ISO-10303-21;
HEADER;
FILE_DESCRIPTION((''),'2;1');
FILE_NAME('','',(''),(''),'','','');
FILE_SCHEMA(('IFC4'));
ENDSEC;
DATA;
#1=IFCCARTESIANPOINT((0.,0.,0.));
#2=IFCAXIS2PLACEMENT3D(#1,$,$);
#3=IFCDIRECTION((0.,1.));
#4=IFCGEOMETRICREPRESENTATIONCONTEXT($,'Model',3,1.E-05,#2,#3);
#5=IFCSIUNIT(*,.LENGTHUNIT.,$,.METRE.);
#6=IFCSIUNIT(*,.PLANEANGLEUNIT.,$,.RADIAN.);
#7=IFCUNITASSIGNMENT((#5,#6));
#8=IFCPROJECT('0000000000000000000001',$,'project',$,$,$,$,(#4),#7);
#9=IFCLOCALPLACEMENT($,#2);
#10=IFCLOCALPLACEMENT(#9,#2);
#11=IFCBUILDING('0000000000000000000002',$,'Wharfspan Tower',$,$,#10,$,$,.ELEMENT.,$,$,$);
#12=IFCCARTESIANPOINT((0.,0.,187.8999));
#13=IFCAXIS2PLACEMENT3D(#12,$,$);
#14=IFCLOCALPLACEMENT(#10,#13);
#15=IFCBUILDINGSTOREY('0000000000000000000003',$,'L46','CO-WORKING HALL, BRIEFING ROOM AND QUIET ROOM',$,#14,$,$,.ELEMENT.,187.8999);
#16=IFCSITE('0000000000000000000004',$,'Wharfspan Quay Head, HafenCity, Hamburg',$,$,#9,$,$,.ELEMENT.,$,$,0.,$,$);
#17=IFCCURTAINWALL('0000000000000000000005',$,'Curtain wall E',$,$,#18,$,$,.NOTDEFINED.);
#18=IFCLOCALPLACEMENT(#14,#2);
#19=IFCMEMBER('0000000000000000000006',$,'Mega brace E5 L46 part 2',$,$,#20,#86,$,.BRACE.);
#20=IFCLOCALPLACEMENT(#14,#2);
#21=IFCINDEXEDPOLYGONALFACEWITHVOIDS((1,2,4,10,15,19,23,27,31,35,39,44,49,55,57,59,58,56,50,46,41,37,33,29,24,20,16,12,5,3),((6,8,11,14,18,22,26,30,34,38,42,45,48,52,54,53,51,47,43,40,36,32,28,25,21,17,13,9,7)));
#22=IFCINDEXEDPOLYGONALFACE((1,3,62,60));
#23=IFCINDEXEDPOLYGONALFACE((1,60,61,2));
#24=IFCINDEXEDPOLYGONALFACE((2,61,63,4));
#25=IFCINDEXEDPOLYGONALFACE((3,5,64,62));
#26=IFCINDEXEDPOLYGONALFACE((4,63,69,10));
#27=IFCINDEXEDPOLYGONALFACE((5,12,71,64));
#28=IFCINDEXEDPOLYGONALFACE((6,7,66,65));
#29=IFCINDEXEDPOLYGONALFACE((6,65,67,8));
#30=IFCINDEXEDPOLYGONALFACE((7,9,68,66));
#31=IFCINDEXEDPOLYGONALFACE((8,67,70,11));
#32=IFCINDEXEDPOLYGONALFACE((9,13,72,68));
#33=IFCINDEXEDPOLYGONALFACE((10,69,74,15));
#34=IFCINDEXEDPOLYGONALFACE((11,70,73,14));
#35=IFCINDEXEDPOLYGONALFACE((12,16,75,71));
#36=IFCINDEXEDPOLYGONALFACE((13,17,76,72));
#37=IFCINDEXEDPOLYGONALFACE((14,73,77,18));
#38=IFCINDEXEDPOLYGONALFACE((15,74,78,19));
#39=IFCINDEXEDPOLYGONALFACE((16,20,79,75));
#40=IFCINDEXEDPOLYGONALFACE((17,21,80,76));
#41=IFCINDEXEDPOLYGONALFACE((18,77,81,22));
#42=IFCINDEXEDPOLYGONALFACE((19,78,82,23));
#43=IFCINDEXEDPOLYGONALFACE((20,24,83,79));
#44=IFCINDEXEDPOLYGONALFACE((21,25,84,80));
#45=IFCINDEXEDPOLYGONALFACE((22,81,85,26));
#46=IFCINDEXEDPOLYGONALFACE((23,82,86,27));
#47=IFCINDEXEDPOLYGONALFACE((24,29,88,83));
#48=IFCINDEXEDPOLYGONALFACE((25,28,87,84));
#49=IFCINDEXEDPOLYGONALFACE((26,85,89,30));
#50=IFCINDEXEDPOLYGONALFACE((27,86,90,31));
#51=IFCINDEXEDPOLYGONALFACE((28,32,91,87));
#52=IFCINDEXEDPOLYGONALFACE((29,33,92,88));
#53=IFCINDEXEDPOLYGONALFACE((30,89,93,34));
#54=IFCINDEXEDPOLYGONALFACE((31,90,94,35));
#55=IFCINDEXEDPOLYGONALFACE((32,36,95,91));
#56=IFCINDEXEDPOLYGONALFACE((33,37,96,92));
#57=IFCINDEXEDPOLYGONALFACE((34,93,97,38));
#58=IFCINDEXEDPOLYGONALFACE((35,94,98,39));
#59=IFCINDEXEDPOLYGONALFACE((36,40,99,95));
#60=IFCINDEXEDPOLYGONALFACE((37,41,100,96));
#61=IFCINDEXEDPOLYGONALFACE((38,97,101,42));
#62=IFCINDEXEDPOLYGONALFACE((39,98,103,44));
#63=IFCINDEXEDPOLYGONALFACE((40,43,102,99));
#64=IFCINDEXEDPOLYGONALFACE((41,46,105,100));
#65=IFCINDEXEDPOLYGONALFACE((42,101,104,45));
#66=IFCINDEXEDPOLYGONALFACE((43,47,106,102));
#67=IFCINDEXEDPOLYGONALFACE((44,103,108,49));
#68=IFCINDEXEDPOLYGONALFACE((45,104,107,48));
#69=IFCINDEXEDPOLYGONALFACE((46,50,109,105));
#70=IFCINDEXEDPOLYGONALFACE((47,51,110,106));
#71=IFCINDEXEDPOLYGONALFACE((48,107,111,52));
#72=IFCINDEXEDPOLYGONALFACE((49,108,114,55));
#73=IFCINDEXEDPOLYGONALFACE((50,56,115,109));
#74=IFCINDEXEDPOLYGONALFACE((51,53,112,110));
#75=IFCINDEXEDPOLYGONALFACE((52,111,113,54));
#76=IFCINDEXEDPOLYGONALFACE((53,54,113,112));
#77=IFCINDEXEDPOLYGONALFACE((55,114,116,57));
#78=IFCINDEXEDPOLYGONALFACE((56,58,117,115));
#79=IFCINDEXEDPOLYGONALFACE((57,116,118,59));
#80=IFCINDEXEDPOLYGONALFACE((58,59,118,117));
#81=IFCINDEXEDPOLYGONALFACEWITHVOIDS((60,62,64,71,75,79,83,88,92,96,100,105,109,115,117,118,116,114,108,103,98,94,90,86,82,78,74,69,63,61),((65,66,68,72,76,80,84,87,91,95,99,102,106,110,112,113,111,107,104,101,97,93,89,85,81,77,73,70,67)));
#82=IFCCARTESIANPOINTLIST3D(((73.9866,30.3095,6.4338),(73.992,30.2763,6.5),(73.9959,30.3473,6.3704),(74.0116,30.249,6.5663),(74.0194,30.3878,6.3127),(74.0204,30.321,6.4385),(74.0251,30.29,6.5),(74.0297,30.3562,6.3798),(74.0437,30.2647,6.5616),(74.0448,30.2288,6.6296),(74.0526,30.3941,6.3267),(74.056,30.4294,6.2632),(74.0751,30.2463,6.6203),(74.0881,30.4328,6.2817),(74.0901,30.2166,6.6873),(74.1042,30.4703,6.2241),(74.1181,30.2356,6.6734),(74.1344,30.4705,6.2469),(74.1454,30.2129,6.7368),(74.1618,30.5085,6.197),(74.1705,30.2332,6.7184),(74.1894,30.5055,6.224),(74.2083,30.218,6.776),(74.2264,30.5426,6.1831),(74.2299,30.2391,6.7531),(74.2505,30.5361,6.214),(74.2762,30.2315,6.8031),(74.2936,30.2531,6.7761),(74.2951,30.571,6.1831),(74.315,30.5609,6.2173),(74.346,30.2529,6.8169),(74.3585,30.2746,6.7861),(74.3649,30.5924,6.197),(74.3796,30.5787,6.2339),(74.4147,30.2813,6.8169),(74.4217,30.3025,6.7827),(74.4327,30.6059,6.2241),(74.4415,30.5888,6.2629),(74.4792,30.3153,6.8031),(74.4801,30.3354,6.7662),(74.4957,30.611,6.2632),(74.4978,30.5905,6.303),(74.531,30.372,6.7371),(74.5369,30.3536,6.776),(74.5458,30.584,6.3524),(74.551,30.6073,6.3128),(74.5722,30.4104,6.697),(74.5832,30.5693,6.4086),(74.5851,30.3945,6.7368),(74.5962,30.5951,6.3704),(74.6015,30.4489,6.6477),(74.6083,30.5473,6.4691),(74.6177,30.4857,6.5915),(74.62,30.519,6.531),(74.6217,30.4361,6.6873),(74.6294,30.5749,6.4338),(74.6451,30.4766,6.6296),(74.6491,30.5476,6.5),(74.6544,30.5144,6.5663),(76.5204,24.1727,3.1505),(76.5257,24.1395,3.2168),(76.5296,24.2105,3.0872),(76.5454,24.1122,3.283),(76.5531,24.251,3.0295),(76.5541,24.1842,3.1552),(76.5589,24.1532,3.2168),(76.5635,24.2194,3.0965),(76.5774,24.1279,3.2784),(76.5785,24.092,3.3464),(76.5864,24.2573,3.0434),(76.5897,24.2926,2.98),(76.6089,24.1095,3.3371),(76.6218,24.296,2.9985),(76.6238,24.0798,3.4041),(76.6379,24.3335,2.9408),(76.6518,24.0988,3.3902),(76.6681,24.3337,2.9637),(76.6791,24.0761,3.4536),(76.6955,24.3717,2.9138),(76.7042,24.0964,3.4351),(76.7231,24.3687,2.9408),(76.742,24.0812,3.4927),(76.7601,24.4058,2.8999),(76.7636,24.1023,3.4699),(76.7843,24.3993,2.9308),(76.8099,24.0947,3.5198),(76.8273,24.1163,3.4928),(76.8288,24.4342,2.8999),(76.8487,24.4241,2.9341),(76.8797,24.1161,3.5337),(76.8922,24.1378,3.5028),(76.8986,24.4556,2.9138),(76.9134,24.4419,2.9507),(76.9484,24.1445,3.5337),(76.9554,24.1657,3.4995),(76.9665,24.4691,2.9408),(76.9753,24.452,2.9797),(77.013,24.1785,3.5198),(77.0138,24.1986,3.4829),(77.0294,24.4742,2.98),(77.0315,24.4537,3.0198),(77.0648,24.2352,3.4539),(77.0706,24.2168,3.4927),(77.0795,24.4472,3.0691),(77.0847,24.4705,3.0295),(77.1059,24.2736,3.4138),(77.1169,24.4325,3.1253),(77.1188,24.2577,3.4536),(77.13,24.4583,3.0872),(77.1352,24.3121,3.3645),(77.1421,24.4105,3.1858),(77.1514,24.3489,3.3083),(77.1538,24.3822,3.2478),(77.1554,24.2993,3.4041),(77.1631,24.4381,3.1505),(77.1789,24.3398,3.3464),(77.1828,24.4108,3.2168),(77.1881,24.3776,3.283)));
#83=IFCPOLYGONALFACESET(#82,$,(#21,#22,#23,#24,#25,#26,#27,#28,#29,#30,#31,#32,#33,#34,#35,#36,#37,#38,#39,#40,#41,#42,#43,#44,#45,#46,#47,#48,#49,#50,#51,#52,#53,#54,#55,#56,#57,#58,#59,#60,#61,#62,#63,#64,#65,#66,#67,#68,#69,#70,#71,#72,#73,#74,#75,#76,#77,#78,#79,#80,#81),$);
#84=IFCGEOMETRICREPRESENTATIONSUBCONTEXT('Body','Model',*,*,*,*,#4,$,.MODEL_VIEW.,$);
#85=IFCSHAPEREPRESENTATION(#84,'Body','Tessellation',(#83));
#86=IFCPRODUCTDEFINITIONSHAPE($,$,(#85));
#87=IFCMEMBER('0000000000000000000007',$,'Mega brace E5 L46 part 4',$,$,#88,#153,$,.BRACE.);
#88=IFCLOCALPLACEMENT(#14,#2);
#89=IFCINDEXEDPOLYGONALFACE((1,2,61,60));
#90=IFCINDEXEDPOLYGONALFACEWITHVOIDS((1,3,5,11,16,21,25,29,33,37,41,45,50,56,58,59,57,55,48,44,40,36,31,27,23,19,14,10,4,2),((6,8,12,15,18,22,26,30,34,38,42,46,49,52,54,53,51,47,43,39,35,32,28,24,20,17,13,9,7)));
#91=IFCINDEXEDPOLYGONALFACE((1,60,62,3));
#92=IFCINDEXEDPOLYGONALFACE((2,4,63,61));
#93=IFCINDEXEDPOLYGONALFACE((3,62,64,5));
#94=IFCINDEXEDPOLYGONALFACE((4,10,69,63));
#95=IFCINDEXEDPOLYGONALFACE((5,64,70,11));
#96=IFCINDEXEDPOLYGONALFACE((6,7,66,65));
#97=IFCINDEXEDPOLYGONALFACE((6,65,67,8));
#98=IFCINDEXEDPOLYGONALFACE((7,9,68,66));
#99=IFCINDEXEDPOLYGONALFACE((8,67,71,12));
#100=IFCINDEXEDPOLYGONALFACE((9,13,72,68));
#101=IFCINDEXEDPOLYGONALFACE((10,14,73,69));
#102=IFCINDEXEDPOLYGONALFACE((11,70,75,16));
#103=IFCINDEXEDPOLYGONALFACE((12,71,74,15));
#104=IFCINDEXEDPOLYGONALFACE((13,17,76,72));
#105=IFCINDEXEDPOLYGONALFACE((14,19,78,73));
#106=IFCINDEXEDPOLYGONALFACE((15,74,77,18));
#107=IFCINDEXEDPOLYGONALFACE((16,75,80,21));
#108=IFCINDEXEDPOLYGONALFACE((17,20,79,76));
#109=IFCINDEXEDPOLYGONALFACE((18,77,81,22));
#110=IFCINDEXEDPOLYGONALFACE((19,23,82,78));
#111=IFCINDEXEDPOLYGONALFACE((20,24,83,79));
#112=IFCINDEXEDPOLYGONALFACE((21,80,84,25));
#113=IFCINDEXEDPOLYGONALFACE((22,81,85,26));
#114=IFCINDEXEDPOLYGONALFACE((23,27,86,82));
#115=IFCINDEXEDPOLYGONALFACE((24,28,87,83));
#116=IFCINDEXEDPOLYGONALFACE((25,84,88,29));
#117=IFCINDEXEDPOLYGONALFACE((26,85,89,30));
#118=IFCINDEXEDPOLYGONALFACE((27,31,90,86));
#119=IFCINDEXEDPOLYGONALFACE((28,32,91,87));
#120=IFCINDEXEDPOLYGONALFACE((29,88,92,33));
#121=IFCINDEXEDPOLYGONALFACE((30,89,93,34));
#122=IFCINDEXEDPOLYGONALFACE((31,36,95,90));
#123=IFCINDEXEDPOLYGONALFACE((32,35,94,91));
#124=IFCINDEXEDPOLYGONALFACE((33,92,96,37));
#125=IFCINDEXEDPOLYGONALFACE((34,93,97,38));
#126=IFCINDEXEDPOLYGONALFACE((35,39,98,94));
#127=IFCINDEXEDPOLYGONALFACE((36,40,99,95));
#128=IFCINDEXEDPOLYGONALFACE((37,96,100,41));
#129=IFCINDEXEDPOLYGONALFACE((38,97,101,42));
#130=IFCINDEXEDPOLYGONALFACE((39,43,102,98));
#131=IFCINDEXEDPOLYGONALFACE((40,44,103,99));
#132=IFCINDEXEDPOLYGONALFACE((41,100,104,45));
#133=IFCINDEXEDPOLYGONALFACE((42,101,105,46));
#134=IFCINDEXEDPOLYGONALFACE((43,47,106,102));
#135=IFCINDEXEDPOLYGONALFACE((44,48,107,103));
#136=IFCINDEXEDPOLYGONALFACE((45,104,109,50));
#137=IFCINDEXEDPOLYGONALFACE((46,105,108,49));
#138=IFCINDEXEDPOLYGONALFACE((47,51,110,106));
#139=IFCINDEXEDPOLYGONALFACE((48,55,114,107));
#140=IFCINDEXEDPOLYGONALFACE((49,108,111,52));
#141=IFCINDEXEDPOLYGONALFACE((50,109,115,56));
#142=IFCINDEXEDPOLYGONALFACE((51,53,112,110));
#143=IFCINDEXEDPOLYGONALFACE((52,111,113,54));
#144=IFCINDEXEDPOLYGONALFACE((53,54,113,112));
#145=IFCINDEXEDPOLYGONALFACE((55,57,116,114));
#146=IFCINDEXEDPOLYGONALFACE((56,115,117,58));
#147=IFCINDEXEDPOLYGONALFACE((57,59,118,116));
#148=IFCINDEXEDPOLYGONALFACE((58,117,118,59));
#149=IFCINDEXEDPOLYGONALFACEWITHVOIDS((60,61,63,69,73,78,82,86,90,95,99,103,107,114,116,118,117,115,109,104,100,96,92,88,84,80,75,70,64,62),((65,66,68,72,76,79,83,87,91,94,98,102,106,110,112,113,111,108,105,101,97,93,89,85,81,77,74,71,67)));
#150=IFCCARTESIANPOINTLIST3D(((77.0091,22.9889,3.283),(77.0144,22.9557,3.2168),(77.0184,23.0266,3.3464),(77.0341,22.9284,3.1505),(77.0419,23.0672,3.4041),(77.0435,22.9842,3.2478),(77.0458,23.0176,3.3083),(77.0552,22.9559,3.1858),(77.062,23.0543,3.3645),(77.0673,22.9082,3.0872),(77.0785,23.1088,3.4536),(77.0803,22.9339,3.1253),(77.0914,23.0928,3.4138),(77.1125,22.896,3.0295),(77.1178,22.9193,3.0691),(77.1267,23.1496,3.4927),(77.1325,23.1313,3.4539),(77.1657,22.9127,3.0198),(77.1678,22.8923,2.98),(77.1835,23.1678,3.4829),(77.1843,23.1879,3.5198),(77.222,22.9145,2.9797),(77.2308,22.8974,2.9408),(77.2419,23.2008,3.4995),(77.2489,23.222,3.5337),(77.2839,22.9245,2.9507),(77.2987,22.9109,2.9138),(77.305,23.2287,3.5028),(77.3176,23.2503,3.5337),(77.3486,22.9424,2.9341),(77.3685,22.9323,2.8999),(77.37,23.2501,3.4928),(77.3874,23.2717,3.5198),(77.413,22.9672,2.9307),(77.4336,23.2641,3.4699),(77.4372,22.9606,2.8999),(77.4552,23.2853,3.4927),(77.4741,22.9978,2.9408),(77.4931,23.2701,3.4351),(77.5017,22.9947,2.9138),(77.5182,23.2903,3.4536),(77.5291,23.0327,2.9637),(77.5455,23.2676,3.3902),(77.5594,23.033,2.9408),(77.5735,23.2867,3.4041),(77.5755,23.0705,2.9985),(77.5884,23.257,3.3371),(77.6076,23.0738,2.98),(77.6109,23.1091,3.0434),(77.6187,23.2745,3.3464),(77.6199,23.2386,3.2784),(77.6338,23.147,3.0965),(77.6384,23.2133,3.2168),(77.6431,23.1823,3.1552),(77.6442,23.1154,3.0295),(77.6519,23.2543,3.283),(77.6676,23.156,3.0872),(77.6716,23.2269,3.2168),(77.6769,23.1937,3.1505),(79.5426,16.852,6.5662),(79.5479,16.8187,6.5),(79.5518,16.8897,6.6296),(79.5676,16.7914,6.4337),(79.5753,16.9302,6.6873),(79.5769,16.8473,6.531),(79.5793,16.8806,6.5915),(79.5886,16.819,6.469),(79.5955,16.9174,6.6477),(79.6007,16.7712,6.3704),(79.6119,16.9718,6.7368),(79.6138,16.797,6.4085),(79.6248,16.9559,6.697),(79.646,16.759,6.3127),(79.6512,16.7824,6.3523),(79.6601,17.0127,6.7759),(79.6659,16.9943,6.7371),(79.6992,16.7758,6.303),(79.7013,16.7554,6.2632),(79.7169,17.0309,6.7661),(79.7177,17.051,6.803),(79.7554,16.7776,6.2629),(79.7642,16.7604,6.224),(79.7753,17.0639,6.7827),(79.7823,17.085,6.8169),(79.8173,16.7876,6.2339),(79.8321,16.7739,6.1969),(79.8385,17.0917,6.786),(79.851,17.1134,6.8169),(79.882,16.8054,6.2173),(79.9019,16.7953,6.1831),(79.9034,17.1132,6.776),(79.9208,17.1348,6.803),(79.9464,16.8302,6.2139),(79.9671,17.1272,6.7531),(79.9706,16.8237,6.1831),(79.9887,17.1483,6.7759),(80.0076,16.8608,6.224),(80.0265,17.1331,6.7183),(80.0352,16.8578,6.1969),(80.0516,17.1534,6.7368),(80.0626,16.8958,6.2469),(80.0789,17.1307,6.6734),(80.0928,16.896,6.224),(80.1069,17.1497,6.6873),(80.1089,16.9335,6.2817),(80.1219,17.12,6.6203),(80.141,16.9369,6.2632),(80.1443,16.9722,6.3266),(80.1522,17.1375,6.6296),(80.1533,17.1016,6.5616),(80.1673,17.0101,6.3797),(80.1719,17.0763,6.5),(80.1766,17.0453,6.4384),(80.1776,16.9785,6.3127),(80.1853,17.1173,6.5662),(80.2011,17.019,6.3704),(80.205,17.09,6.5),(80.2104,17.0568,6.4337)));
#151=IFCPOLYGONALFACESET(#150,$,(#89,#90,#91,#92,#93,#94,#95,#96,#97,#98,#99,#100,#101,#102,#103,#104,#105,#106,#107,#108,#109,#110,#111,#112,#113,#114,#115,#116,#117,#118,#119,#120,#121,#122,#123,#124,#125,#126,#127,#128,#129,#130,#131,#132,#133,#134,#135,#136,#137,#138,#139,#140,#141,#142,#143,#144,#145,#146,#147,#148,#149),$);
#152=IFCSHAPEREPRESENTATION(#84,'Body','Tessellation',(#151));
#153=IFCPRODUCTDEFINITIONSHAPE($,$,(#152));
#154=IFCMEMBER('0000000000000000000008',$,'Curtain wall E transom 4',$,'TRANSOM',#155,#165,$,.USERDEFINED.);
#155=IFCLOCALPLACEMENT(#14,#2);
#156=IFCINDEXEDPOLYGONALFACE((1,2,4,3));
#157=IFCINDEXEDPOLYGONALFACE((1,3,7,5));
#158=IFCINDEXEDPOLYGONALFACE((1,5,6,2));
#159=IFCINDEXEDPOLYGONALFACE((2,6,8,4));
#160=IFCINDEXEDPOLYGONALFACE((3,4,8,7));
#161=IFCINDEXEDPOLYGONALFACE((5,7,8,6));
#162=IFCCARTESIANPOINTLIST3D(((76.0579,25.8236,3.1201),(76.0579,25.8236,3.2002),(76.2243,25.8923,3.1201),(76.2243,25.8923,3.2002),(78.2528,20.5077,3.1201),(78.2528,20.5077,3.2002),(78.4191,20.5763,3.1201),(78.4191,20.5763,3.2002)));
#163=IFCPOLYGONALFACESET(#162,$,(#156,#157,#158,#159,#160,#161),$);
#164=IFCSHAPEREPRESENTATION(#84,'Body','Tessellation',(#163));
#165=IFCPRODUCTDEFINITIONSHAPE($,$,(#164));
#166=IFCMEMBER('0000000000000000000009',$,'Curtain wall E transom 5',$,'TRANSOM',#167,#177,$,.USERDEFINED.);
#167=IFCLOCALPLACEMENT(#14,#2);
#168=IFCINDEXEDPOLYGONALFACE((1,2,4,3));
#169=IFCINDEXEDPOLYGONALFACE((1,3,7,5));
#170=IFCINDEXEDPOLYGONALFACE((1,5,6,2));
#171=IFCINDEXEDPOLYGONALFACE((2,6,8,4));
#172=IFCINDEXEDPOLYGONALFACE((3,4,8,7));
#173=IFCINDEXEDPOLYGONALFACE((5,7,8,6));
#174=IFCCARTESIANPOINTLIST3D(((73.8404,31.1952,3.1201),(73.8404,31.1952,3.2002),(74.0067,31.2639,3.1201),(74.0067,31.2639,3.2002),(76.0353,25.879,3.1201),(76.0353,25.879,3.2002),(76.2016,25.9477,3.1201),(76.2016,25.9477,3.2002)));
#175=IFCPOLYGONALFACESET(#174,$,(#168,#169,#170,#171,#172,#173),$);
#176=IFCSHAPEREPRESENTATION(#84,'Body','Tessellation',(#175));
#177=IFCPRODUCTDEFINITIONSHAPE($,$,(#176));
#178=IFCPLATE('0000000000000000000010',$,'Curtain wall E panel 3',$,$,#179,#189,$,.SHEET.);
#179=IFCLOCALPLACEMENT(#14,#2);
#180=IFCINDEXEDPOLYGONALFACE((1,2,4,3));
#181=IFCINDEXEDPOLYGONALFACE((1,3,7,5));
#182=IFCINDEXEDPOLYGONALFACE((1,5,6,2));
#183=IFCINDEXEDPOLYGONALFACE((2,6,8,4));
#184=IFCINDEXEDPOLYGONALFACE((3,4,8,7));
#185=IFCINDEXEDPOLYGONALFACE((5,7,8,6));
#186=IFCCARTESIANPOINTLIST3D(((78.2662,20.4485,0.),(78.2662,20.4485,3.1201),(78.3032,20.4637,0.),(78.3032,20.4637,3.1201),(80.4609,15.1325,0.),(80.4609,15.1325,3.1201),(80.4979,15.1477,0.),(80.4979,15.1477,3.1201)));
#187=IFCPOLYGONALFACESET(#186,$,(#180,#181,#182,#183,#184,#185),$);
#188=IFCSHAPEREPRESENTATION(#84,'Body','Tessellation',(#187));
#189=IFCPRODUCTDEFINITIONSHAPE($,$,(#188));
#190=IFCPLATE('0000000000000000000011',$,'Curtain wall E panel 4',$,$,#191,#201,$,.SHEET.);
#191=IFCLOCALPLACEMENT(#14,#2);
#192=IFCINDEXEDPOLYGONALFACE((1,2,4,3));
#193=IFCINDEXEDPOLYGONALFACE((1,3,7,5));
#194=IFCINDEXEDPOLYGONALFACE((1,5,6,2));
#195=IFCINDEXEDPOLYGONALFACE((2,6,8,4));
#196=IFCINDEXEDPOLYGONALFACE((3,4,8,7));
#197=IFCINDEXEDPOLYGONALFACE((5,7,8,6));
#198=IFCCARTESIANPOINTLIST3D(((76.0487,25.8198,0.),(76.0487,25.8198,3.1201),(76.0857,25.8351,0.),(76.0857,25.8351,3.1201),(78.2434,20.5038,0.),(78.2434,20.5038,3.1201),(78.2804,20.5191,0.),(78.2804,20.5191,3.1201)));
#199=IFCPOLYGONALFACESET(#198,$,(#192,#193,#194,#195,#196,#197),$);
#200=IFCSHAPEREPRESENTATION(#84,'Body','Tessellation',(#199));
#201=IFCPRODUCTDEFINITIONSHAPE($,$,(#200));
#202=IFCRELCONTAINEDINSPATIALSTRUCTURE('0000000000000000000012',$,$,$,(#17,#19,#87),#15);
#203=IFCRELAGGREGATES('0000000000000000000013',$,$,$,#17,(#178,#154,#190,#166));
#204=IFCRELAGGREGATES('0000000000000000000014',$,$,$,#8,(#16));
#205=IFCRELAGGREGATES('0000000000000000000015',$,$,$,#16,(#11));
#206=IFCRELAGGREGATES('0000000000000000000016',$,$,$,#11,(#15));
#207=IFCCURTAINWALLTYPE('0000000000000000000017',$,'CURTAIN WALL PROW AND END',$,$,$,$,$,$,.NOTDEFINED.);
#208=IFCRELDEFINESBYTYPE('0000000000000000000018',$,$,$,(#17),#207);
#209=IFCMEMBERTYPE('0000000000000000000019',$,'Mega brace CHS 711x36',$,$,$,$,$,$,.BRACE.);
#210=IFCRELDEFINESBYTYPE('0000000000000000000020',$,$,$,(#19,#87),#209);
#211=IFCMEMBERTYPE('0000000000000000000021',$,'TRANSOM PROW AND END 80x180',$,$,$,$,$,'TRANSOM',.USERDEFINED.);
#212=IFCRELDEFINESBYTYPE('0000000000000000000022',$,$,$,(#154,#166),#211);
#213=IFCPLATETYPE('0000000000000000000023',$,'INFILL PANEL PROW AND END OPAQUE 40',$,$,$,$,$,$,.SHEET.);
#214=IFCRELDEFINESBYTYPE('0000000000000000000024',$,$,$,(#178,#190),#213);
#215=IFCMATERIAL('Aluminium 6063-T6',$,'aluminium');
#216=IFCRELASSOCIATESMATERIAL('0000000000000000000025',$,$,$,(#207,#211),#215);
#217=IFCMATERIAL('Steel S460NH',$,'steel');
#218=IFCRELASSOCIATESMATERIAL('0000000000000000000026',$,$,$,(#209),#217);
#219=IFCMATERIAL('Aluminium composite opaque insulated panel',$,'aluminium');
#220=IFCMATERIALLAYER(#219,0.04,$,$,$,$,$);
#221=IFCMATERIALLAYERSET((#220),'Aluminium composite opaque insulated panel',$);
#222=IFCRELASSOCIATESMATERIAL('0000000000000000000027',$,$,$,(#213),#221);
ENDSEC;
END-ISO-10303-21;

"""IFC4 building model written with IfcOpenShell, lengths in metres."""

from ifc_helpers import new_model, si_unit, direction, frame, origin, origin_2d, place, context, subcontext, project, spatial, rectangle, hollow_circle, extrude, material, layer, layer_set, material_profile, profile_set, type_object, element, aggregate, save


model = new_model("IFC4")

# Units and contexts
model_context = context("Model", 3, precision=1e-05, world=origin(), true_north=direction((0.0, 1.0)))
body_context = subcontext(model_context, "Body", "Model", "MODEL_VIEW")
ifc_project = project(units=[si_unit("LENGTHUNIT", "METRE"), si_unit("PLANEANGLEUNIT", "RADIAN")], contexts=[model_context])

# Site, building, storey
site_placement = place(None, origin())
site = spatial("IfcSite", under=ifc_project, at=site_placement, Name="Wharfspan Quay Head, HafenCity, Hamburg", CompositionType="ELEMENT", RefElevation=0.0)
building_placement = place(site_placement, origin())
building = spatial("IfcBuilding", under=site, at=building_placement, Name="Wharfspan Tower", CompositionType="ELEMENT")
storey_placement = place(building_placement, frame((0.0, 0.0, 187.8999)))
storey = spatial("IfcBuildingStorey", under=building, at=storey_placement, Name="L46", Description="CO-WORKING HALL, BRIEFING ROOM AND QUIET ROOM", CompositionType="ELEMENT", Elevation=187.8999)

# Curtain wall
ifc_material_1 = material(Name="Aluminium 6063-T6", Category="aluminium")
curtain_wall_type = type_object("IfcCurtainWallType", Name="CURTAIN WALL PROW AND END", PredefinedType="NOTDEFINED", material=ifc_material_1)
curtain_wall_placement = place(storey_placement, origin())
curtain_wall = element("IfcCurtainWall", 1, at=curtain_wall_placement, inside=storey, type_object=curtain_wall_type, Name="Curtain wall E", PredefinedType="NOTDEFINED")

# Members
ifc_material_2 = material(Name="Steel S460NH", Category="steel")
ifc_material_profile_1 = material_profile(ifc_material_2, hollow_circle(Radius=0.3555, WallThickness=0.0359, at=origin_2d()))
ifc_profile_set_1 = profile_set([ifc_material_profile_1], Name="Steel S460NH")
member_type_1 = type_object("IfcMemberType", Name="Mega brace CHS 711x36", PredefinedType="BRACE", material=ifc_profile_set_1)
for number, where, z_axis, x_axis, name in (
    (2, (76.8542, 24.2751, 3.2168), (-0.342084, 0.828543, 0.443278), (-0.924317, -0.381625, -0.000003), "Mega brace E5 L46 part 2"),
    (3, (77.343, 23.0913, 3.2168), (0.342045, -0.828562, 0.443271), (0.924337, 0.381581, -0.000003), "Mega brace E5 L46 part 4"),
):
    element("IfcMember", number, at=place(storey_placement, frame(where, z_axis=z_axis, x_axis=x_axis)), inside=storey, type_object=member_type_1, Name=name, PredefinedType="BRACE", context=body_context, shape_type="SweptSolid", body=[
        extrude(hollow_circle(Radius=0.3555, WallThickness=0.0359, at=origin_2d()), origin(), (0.0, 0.0, 1.0), 7.4067),
    ])

# Members
ifc_material_profile_2 = material_profile(ifc_material_1, rectangle(XDim=0.1799, YDim=0.0801, at=origin_2d()))
ifc_profile_set_2 = profile_set([ifc_material_profile_2], Name="Aluminium 6063-T6")
member_type_2 = type_object("IfcMemberType", Name="TRANSOM PROW AND END 80x180", ElementType="TRANSOM", PredefinedType="USERDEFINED", material=ifc_profile_set_2)
member_1_placement = place(storey_placement, frame((78.3359, 20.542, 3.1602), z_axis=(-0.381629, 0.924315, 0.0), x_axis=(-0.924315, -0.381629, 0.0)))
member_1 = element("IfcMember", 4, at=member_1_placement, type_object=member_type_2, Name="Curtain wall E transom 4", ObjectType="TRANSOM", PredefinedType="USERDEFINED", context=body_context, shape_type="SweptSolid", body=[
    extrude(rectangle(XDim=0.1799, YDim=0.0801, at=origin_2d()), origin(), (0.0, 0.0, 1.0), 5.7512),
])
member_2_placement = place(storey_placement, frame((76.1184, 25.9133, 3.1602), z_axis=(-0.381614, 0.924322, 0.0), x_axis=(-0.924322, -0.381614, 0.0)))
member_2 = element("IfcMember", 5, at=member_2_placement, type_object=member_type_2, Name="Curtain wall E transom 5", ObjectType="TRANSOM", PredefinedType="USERDEFINED", context=body_context, shape_type="SweptSolid", body=[
    extrude(rectangle(XDim=0.1799, YDim=0.0801, at=origin_2d()), origin(), (0.0, 0.0, 1.0), 5.7515),
])

# Plates
ifc_material_3 = material(Name="Aluminium composite opaque insulated panel", Category="aluminium")
ifc_layer_1 = layer(ifc_material_3, 0.04)
ifc_layer_set_1 = layer_set([ifc_layer_1], Name="Aluminium composite opaque insulated panel")
plate_type = type_object("IfcPlateType", Name="INFILL PANEL PROW AND END OPAQUE 40", PredefinedType="SHEET", material=ifc_layer_set_1)
plate_1_placement = place(storey_placement, frame((79.3821, 17.7981, 0.0), z_axis=(0.0, 0.0, 1.0), x_axis=(-0.381602, 0.924325, 0.0)))
plate_1 = element("IfcPlate", 6, at=plate_1_placement, type_object=plate_type, Name="Curtain wall E panel 3", PredefinedType="SHEET", context=body_context, shape_type="SweptSolid", body=[
    extrude(rectangle(XDim=5.7512, YDim=0.04, at=origin_2d()), origin(), (0.0, 0.0, 1.0), 3.1201),
])
plate_2_placement = place(storey_placement, frame((77.1646, 23.1694, 0.0), z_axis=(0.0, 0.0, 1.0), x_axis=(-0.381602, 0.924325, 0.0)))
plate_2 = element("IfcPlate", 7, at=plate_2_placement, type_object=plate_type, Name="Curtain wall E panel 4", PredefinedType="SHEET", context=body_context, shape_type="SweptSolid", body=[
    extrude(rectangle(XDim=5.7512, YDim=0.04, at=origin_2d()), origin(), (0.0, 0.0, 1.0), 3.1201),
])
aggregate(curtain_wall, [plate_1, member_1, plate_2, member_2])

save(model, "model.ifc")
